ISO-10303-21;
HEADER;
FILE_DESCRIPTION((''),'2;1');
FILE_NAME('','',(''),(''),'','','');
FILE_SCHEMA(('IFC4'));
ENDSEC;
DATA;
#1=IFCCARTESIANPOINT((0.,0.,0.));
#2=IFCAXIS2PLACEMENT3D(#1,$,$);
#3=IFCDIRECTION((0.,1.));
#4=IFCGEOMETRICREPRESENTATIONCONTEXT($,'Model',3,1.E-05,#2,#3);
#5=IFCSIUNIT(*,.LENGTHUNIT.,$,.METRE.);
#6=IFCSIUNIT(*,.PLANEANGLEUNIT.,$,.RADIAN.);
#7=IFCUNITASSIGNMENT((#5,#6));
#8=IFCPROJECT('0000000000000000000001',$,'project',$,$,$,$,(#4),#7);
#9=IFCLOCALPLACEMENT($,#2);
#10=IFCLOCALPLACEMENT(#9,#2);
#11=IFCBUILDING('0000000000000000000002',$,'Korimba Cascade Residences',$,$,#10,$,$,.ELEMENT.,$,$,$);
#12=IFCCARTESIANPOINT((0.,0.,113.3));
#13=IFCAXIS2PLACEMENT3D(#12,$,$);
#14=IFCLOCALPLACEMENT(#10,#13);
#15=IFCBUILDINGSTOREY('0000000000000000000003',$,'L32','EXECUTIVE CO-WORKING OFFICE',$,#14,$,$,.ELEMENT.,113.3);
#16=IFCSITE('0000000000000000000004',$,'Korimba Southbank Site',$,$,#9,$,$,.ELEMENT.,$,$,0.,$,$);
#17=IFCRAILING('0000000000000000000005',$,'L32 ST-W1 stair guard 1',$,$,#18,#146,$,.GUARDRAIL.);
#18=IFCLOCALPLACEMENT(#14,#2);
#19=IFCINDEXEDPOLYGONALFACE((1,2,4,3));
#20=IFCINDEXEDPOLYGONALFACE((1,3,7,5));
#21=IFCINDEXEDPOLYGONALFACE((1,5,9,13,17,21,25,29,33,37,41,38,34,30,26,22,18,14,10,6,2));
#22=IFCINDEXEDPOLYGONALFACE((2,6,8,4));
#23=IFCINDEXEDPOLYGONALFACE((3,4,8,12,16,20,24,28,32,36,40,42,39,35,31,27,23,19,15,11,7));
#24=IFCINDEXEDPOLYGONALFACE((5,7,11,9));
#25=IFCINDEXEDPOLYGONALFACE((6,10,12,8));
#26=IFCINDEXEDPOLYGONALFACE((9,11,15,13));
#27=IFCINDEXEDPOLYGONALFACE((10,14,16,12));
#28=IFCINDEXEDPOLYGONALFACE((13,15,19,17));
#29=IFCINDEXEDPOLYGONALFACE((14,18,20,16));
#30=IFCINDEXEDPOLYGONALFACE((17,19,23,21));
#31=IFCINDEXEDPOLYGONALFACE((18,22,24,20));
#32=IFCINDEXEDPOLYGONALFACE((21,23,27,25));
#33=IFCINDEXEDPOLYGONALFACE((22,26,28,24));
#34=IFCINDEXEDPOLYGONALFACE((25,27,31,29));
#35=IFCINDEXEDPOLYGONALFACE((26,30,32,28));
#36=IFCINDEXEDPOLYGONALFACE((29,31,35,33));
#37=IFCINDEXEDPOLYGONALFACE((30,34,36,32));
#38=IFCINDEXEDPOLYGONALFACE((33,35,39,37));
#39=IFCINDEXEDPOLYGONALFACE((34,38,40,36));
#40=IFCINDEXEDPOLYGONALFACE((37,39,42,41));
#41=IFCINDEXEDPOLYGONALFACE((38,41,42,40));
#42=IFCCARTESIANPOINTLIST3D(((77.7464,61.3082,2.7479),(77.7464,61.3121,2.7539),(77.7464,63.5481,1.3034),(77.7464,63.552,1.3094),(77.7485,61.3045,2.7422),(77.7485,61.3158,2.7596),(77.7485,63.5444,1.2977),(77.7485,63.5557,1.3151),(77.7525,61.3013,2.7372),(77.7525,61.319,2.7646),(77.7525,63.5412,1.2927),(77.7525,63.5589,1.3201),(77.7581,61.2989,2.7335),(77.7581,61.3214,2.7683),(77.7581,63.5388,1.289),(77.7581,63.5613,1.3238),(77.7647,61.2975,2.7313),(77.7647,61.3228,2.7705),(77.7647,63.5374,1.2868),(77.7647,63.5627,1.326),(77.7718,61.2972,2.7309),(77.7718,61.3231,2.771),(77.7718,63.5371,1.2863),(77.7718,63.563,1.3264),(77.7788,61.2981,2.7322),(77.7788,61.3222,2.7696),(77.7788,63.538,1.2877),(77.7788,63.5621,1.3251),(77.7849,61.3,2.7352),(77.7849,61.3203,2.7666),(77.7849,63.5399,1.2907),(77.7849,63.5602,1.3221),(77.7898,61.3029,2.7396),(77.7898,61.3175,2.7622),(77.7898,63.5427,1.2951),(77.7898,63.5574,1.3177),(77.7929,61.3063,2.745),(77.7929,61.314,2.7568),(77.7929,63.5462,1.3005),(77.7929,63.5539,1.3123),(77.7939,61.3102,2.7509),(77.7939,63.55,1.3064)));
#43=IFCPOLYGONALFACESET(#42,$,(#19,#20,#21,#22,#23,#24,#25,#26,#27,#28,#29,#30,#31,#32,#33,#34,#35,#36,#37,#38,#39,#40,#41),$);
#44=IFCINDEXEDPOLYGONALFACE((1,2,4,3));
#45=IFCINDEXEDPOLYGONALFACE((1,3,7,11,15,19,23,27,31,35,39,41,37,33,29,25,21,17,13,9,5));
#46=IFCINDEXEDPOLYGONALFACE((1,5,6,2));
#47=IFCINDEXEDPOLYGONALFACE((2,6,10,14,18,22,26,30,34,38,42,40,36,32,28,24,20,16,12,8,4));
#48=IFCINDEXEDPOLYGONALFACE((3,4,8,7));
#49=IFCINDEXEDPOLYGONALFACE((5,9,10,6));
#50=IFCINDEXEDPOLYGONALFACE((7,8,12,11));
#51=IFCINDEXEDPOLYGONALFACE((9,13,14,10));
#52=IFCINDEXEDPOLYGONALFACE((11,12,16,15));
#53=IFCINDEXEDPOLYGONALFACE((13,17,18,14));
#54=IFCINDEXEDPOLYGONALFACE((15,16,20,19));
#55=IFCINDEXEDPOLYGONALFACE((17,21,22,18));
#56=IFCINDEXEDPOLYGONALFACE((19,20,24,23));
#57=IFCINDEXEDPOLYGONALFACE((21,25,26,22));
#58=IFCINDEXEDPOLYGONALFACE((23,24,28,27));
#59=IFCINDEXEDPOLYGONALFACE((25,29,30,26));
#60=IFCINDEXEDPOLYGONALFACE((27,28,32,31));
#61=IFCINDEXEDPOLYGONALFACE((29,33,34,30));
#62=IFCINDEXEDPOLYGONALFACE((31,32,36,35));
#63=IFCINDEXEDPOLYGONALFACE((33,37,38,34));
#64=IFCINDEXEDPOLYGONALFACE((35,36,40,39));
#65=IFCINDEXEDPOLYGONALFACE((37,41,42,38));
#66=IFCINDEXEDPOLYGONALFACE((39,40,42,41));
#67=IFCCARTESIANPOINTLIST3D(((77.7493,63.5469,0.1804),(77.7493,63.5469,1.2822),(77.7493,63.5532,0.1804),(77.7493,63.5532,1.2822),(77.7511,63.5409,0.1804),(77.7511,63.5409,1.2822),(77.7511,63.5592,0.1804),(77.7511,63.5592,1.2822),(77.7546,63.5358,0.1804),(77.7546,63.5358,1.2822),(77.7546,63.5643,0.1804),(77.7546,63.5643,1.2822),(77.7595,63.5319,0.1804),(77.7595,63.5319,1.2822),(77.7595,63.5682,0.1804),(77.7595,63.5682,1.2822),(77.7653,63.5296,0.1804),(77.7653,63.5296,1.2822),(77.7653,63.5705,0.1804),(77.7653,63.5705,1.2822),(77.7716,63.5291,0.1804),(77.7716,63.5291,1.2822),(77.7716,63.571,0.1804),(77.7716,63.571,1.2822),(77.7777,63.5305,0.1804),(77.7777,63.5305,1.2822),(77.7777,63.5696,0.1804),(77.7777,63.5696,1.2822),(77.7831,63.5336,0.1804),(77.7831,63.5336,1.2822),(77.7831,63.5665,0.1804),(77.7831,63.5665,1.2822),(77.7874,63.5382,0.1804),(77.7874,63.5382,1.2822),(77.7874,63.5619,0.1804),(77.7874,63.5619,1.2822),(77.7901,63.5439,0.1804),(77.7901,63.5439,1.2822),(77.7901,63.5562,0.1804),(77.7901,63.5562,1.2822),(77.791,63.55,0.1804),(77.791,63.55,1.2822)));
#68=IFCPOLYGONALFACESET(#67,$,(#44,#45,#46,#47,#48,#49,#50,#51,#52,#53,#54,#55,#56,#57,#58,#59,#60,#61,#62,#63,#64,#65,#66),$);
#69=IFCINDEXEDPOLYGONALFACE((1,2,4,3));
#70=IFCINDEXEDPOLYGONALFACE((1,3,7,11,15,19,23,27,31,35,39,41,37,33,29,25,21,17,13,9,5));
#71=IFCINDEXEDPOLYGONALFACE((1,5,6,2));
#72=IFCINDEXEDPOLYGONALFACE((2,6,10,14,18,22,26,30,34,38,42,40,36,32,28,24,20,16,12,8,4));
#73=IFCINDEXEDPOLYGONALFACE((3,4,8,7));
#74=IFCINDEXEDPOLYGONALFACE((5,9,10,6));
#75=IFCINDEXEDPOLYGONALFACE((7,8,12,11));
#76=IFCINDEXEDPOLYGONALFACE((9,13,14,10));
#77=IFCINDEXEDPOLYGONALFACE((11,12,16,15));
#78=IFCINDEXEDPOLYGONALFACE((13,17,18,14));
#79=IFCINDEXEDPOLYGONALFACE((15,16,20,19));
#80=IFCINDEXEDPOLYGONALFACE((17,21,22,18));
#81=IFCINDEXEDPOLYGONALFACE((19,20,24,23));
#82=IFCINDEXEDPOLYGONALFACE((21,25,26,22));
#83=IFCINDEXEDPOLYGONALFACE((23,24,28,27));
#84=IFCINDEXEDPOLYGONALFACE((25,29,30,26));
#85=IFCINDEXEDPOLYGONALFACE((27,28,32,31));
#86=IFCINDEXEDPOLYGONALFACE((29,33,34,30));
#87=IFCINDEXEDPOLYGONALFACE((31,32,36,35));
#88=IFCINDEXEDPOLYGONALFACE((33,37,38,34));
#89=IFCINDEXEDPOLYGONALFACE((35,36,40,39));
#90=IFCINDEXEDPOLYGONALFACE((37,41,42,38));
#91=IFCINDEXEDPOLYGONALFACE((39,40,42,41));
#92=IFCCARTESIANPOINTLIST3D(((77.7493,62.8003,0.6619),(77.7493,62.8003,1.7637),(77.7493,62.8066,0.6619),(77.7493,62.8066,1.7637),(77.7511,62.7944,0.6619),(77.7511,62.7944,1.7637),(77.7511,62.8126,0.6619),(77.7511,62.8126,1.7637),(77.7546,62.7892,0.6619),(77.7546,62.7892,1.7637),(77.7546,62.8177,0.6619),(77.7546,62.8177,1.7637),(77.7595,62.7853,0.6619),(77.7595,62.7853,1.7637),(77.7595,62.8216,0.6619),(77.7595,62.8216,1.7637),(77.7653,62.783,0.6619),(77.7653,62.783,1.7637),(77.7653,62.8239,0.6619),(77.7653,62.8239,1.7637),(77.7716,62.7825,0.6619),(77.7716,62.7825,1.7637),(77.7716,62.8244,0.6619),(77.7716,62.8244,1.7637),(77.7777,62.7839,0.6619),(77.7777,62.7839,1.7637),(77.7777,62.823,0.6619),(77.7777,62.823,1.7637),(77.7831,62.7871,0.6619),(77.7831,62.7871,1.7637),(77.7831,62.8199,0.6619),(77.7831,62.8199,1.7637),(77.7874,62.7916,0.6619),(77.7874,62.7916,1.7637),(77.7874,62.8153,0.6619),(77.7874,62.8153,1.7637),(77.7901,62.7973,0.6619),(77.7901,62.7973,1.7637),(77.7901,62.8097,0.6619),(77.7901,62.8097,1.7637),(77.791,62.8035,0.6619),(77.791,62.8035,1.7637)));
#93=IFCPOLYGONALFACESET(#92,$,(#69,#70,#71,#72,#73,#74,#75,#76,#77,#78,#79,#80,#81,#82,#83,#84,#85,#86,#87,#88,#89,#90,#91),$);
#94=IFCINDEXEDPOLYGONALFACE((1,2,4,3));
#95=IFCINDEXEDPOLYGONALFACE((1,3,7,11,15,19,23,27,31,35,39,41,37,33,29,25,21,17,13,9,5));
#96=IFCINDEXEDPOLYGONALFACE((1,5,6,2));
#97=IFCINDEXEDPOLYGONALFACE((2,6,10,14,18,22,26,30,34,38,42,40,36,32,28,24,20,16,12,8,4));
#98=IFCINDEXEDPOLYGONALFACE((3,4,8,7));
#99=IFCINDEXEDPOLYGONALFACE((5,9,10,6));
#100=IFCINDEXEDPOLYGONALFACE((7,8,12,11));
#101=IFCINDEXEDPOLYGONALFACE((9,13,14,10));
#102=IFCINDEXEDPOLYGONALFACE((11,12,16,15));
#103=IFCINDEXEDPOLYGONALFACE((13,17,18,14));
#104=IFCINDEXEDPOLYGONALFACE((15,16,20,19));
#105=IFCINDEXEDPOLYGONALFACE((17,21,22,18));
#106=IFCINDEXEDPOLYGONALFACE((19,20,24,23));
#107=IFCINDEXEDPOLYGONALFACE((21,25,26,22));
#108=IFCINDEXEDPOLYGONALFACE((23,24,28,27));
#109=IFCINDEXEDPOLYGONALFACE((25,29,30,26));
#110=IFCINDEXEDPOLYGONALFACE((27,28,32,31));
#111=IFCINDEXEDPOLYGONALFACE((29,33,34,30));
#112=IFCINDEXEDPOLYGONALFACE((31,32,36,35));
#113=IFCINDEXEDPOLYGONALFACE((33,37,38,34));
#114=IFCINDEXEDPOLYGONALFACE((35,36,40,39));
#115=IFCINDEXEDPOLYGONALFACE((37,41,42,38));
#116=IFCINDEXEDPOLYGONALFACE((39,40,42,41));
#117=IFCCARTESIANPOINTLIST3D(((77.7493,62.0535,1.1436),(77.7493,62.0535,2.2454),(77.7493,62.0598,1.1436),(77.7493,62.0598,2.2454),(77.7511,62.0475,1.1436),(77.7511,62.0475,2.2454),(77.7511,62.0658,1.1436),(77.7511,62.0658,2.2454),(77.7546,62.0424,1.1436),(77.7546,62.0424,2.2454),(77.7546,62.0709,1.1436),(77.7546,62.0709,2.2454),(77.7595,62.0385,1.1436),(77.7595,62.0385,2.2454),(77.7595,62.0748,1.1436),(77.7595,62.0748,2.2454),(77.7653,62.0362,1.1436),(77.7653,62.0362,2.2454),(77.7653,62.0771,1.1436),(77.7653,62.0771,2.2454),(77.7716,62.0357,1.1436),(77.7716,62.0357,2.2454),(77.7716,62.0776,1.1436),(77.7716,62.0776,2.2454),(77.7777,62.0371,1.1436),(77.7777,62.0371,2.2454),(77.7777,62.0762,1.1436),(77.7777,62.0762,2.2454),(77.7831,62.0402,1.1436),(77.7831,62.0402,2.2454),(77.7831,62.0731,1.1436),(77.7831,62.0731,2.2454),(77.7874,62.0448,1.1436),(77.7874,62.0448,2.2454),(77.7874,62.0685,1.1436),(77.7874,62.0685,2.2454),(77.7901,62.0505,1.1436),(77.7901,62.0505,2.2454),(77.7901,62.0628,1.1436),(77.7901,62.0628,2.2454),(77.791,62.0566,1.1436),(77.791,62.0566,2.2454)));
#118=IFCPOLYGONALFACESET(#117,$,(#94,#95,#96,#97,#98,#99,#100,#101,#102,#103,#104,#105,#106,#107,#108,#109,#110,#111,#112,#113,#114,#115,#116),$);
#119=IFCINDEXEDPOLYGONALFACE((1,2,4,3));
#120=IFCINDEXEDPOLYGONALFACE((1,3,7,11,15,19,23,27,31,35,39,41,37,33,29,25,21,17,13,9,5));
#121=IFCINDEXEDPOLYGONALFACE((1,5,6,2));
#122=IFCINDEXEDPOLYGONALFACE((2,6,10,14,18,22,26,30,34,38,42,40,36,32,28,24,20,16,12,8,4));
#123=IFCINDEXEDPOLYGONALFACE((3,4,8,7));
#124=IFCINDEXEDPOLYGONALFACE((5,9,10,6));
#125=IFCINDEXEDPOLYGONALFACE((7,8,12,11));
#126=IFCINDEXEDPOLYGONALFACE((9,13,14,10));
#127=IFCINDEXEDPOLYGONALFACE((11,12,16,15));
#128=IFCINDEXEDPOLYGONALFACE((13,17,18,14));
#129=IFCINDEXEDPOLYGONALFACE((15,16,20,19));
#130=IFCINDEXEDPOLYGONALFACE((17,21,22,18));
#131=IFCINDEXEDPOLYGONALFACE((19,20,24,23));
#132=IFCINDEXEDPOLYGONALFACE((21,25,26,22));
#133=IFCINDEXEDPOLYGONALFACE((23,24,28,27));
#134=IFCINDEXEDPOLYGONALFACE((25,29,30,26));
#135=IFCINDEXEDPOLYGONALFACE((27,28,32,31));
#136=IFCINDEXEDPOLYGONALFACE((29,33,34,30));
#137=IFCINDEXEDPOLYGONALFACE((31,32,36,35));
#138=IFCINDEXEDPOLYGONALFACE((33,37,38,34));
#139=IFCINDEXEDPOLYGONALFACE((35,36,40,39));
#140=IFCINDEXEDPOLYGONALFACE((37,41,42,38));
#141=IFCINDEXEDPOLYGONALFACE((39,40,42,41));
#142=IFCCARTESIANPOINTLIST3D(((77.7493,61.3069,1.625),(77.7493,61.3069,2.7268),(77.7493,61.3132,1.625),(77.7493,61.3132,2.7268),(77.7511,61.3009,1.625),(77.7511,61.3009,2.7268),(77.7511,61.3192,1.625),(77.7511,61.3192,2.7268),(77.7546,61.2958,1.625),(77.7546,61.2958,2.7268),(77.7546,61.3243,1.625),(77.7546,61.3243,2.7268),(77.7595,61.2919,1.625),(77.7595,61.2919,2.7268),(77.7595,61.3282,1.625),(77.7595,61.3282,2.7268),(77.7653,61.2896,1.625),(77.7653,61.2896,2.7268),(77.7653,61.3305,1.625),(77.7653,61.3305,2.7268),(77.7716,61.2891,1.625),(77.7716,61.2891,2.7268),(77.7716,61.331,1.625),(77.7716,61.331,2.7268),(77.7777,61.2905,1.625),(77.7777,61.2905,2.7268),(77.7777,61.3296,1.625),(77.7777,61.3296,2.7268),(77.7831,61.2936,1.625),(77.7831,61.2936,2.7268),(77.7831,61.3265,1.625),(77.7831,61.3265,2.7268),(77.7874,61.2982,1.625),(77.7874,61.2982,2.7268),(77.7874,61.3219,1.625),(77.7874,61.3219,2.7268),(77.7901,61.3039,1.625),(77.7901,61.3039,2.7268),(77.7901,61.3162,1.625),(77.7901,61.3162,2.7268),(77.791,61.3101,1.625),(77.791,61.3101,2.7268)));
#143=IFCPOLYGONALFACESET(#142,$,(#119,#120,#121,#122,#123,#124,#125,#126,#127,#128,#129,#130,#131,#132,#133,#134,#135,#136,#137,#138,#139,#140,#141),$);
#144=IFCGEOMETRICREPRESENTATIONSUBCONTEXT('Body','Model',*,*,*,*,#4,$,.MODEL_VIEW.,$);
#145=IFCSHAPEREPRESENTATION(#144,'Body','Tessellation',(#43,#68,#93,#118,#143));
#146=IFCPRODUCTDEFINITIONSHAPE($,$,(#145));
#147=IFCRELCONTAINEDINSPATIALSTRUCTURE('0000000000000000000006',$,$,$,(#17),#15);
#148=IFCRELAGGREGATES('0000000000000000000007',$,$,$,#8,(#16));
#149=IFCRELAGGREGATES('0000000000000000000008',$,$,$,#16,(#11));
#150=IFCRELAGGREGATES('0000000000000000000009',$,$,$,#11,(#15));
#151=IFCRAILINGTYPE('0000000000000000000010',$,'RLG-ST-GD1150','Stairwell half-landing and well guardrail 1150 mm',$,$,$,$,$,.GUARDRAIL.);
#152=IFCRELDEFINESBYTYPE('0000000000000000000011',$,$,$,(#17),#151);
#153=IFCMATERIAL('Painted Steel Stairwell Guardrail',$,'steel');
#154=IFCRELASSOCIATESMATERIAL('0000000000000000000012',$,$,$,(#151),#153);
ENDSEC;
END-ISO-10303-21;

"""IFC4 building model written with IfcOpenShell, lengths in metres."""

from ifc_helpers import new_model, si_unit, direction, frame, origin, origin_2d, place, context, subcontext, project, spatial, circle, extrude, material, type_object, element, save


model = new_model("IFC4")

# Units and contexts
model_context = context("Model", 3, precision=1e-05, world=origin(), true_north=direction((0.0, 1.0)))
body_context = subcontext(model_context, "Body", "Model", "MODEL_VIEW")
ifc_project = project(units=[si_unit("LENGTHUNIT", "METRE"), si_unit("PLANEANGLEUNIT", "RADIAN")], contexts=[model_context])

# Site, building, storey
site_placement = place(None, origin())
site = spatial("IfcSite", under=ifc_project, at=site_placement, Name="Korimba Southbank Site", CompositionType="ELEMENT", RefElevation=0.0)
building_placement = place(site_placement, origin())
building = spatial("IfcBuilding", under=site, at=building_placement, Name="Korimba Cascade Residences", CompositionType="ELEMENT")
storey_placement = place(building_placement, frame((0.0, 0.0, 113.3)))
storey = spatial("IfcBuildingStorey", under=building, at=storey_placement, Name="L32", Description="EXECUTIVE CO-WORKING OFFICE", CompositionType="ELEMENT", Elevation=113.3)

# Railing
ifc_material_1 = material(Name="Painted Steel Stairwell Guardrail", Category="steel")
railing_type_1 = type_object("IfcRailingType", Name="RLG-ST-GD1150", Description="Stairwell half-landing and well guardrail 1150 mm", PredefinedType="GUARDRAIL", material=ifc_material_1)
railing_1_placement = place(storey_placement, frame((77.77, 63.55, 0.1804)))
element("IfcRailing", 1, at=railing_1_placement, inside=storey, type_object=railing_type_1, Name="L32 ST-W1 stair guard 1", PredefinedType="GUARDRAIL", context=body_context, shape_type="SweptSolid", body=[
    extrude(circle(Radius=0.0239, at=origin_2d()), frame((0.0, 0.0, 1.126), z_axis=(0.0, -0.840395, 0.541975), x_axis=(1.0, 0.0, 0.0)), (0.0, 0.0, 1.0), 2.6653),
    extrude(circle(Radius=0.021, at=origin_2d()), origin(), (0.0, 0.0, 1.0), 1.1018),
    extrude(circle(Radius=0.021, at=origin_2d()), frame((0.0, -0.7466, 0.4814)), (0.0, 0.0, 1.0), 1.1018),
    extrude(circle(Radius=0.021, at=origin_2d()), frame((0.0, -1.4934, 0.9631)), (0.0, 0.0, 1.0), 1.1018),
    extrude(circle(Radius=0.021, at=origin_2d()), frame((0.0, -2.24, 1.4446)), (0.0, 0.0, 1.0), 1.1018),
])

save(model, "model.ifc")
